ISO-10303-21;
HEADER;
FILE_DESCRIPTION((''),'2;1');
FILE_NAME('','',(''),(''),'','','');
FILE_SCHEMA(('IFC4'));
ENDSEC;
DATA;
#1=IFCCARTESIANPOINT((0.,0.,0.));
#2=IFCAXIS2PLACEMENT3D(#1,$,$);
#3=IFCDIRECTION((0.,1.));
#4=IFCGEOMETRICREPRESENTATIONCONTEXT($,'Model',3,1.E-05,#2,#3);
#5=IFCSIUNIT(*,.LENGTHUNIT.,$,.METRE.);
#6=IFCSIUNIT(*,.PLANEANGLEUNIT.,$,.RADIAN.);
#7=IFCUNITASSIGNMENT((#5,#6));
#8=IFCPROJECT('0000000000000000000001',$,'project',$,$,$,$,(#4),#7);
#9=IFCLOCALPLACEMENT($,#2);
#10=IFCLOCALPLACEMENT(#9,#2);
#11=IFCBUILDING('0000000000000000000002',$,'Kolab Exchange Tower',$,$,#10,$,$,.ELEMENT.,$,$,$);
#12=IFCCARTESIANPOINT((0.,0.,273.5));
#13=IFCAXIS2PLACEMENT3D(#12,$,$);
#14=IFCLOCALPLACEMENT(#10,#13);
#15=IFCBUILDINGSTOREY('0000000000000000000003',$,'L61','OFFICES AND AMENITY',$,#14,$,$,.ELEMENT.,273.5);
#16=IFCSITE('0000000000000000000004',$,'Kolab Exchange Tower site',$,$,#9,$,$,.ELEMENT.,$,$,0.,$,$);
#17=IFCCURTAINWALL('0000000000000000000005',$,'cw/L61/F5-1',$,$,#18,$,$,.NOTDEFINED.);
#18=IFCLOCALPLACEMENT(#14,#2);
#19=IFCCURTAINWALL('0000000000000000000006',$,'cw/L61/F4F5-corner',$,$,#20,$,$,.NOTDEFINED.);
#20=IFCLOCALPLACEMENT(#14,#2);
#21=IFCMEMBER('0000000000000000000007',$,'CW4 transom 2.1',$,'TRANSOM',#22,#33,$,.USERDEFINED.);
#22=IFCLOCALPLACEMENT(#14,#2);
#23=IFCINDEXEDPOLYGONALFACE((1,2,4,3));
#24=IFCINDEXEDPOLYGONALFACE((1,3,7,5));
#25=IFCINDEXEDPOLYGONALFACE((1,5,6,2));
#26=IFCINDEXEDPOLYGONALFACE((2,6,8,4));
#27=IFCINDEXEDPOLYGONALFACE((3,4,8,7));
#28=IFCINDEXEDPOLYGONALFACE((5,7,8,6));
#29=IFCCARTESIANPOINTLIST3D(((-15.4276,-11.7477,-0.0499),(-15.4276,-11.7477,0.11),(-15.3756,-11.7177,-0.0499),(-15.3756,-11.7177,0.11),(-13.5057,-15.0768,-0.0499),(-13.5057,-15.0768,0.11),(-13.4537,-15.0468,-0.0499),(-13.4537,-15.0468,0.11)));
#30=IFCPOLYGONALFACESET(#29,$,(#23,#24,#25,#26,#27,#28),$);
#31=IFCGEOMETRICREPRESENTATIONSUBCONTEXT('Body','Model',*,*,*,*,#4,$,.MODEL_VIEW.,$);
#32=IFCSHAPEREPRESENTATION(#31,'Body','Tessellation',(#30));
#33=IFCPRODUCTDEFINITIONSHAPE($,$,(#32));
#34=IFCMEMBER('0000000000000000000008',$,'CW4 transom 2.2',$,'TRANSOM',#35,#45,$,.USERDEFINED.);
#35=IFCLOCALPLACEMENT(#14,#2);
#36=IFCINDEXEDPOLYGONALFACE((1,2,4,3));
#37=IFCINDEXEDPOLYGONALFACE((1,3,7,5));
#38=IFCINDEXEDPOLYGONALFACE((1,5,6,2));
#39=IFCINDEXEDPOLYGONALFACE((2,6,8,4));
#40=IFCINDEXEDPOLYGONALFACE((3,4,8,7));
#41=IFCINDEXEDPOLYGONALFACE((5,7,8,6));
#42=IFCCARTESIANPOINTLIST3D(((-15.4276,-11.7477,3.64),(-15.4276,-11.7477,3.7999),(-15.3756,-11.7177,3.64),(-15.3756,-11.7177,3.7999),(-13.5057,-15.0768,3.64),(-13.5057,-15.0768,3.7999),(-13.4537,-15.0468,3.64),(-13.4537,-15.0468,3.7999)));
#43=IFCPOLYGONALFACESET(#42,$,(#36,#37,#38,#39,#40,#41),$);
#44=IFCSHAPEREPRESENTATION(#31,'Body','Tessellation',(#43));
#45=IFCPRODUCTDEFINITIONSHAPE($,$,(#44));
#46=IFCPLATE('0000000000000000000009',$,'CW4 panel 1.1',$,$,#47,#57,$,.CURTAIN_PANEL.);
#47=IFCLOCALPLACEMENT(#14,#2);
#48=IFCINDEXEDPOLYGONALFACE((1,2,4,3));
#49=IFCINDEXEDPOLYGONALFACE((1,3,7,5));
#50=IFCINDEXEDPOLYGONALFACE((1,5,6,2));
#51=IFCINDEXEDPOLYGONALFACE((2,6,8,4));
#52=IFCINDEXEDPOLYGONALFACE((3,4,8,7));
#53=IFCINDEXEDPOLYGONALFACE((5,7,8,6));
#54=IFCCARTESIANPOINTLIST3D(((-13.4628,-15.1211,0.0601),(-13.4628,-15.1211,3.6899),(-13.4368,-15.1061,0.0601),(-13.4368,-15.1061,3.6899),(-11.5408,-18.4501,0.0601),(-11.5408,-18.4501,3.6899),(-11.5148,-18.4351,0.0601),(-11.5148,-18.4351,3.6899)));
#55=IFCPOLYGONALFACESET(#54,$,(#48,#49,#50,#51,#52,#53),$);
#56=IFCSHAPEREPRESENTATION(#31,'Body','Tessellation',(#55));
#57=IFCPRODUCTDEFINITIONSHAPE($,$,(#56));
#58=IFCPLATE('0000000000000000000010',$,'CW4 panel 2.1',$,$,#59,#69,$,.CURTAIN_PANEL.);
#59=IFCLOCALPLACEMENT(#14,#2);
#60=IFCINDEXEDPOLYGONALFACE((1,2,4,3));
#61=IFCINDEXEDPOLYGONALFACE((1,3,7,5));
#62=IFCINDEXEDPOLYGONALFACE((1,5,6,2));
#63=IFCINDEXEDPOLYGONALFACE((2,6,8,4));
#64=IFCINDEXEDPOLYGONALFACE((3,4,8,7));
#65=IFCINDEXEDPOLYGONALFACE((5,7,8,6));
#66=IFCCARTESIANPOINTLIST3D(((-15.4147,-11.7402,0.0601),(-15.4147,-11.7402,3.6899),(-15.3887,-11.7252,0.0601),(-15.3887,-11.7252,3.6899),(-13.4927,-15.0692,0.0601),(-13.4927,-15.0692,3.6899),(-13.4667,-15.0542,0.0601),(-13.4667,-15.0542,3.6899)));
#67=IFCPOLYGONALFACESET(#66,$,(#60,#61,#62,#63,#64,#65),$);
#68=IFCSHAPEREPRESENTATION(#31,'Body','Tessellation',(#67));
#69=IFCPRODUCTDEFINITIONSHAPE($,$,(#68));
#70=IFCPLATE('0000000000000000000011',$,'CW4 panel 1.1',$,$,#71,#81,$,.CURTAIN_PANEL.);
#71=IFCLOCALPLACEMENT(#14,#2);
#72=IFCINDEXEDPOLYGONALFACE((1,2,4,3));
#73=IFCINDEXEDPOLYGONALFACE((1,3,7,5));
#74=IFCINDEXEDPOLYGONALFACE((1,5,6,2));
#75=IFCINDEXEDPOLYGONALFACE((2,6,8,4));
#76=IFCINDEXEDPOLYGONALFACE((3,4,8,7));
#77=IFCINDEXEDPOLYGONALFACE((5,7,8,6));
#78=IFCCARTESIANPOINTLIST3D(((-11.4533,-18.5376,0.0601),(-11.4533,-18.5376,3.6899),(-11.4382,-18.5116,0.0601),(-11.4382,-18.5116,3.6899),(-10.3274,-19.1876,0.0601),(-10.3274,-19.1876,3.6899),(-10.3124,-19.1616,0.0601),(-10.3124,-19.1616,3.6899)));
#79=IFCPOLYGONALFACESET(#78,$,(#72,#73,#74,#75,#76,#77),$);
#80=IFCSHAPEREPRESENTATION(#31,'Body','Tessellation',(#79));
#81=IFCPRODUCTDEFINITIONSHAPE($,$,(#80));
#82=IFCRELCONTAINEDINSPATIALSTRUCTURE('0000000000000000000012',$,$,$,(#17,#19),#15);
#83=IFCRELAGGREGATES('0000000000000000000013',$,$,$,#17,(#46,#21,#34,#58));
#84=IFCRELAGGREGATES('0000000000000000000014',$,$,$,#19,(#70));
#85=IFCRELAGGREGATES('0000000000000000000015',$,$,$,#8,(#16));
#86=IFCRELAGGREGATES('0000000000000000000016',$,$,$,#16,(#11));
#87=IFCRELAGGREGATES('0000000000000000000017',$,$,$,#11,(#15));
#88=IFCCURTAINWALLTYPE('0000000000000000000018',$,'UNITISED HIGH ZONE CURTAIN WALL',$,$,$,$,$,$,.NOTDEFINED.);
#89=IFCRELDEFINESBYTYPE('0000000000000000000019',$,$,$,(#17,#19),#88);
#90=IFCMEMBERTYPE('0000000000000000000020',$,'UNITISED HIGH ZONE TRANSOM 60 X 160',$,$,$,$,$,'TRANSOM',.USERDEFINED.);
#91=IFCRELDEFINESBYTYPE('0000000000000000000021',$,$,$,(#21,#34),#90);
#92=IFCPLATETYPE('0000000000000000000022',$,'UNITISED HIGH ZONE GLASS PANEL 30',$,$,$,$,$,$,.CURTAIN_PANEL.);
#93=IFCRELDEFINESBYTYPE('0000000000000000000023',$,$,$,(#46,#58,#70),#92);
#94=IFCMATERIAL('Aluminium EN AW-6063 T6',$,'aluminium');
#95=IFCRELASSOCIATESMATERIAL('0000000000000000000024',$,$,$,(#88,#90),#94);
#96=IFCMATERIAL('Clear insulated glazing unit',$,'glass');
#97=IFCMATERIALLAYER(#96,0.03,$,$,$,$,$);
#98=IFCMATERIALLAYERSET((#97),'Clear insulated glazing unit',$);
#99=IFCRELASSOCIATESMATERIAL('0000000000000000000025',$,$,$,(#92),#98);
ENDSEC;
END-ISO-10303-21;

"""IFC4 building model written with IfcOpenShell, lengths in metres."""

from ifc_helpers import new_model, si_unit, direction, frame, origin, origin_2d, place, context, subcontext, project, spatial, rectangle, extrude, material, layer, layer_set, material_profile, profile_set, type_object, element, aggregate, save


model = new_model("IFC4")

# Units and contexts
model_context = context("Model", 3, precision=1e-05, world=origin(), true_north=direction((0.0, 1.0)))
body_context = subcontext(model_context, "Body", "Model", "MODEL_VIEW")
ifc_project = project(units=[si_unit("LENGTHUNIT", "METRE"), si_unit("PLANEANGLEUNIT", "RADIAN")], contexts=[model_context])

# Site, building, storey
site_placement = place(None, origin())
site = spatial("IfcSite", under=ifc_project, at=site_placement, Name="Kolab Exchange Tower site", CompositionType="ELEMENT", RefElevation=0.0)
building_placement = place(site_placement, origin())
building = spatial("IfcBuilding", under=site, at=building_placement, Name="Kolab Exchange Tower", CompositionType="ELEMENT")
storey_placement = place(building_placement, frame((0.0, 0.0, 273.5)))
storey = spatial("IfcBuildingStorey", under=building, at=storey_placement, Name="L61", Description="OFFICES AND AMENITY", CompositionType="ELEMENT", Elevation=273.5)

# Curtain wall
ifc_material_1 = material(Name="Aluminium EN AW-6063 T6", Category="aluminium")
curtain_wall_type = type_object("IfcCurtainWallType", Name="UNITISED HIGH ZONE CURTAIN WALL", PredefinedType="NOTDEFINED", material=ifc_material_1)
curtain_wall_1_placement = place(storey_placement, origin())
curtain_wall_1 = element("IfcCurtainWall", 1, at=curtain_wall_1_placement, inside=storey, type_object=curtain_wall_type, Name="cw/L61/F5-1", PredefinedType="NOTDEFINED")

# Curtain wall
curtain_wall_2_placement = place(storey_placement, origin())
curtain_wall_2 = element("IfcCurtainWall", 2, at=curtain_wall_2_placement, inside=storey, type_object=curtain_wall_type, Name="cw/L61/F4F5-corner", PredefinedType="NOTDEFINED")

# Members
ifc_material_profile_1 = material_profile(ifc_material_1, rectangle(XDim=0.0601, YDim=0.1599, at=origin_2d()), Name="RECT 60X160")
ifc_profile_set_1 = profile_set([ifc_material_profile_1], Name="Aluminium EN AW-6063 T6")
member_type_1 = type_object("IfcMemberType", Name="UNITISED HIGH ZONE TRANSOM 60 X 160", ElementType="TRANSOM", PredefinedType="USERDEFINED", material=ifc_profile_set_1)
member_1_placement = place(storey_placement, frame((-13.4797, -15.0618, 0.03), z_axis=(-0.499964, 0.866046, 0.0), x_axis=(-0.866046, -0.499964, 0.0)))
member_1 = element("IfcMember", 3, at=member_1_placement, type_object=member_type_1, Name="CW4 transom 2.1", ObjectType="TRANSOM", PredefinedType="USERDEFINED", context=body_context, shape_type="SweptSolid", body=[
    extrude(rectangle(XDim=0.0601, YDim=0.1599, at=origin_2d()), origin(), (0.0, 0.0, 1.0), 3.844),
])
member_2_placement = place(storey_placement, frame((-13.4797, -15.0618, 3.72), z_axis=(-0.499964, 0.866046, 0.0), x_axis=(-0.866046, -0.499964, 0.0)))
member_2 = element("IfcMember", 4, at=member_2_placement, type_object=member_type_1, Name="CW4 transom 2.2", ObjectType="TRANSOM", PredefinedType="USERDEFINED", context=body_context, shape_type="SweptSolid", body=[
    extrude(rectangle(XDim=0.0601, YDim=0.1599, at=origin_2d()), origin(), (0.0, 0.0, 1.0), 3.844),
])

# Plates
ifc_material_2 = material(Name="Clear insulated glazing unit", Category="glass")
ifc_layer_1 = layer(ifc_material_2, 0.03)
ifc_layer_set_1 = layer_set([ifc_layer_1], Name="Clear insulated glazing unit")
plate_type = type_object("IfcPlateType", Name="UNITISED HIGH ZONE GLASS PANEL 30", PredefinedType="CURTAIN_PANEL", material=ifc_layer_set_1)
plate_1_placement = place(storey_placement, frame((-12.4888, -16.7781, 0.0601), z_axis=(0.0, 0.0, 1.0), x_axis=(-0.5, 0.866025, 0.0)))
plate_1 = element("IfcPlate", 5, at=plate_1_placement, type_object=plate_type, Name="CW4 panel 1.1", PredefinedType="CURTAIN_PANEL", context=body_context, shape_type="SweptSolid", body=[
    extrude(rectangle(XDim=3.844, YDim=0.03, at=origin_2d()), origin(), (0.0, 0.0, 1.0), 3.6299),
])
plate_2_placement = place(storey_placement, frame((-14.4407, -13.3972, 0.0601), z_axis=(0.0, 0.0, 1.0), x_axis=(-0.5, 0.866025, 0.0)))
plate_2 = element("IfcPlate", 6, at=plate_2_placement, type_object=plate_type, Name="CW4 panel 2.1", PredefinedType="CURTAIN_PANEL", context=body_context, shape_type="SweptSolid", body=[
    extrude(rectangle(XDim=3.844, YDim=0.03, at=origin_2d()), origin(), (0.0, 0.0, 1.0), 3.6299),
])
aggregate(curtain_wall_1, [plate_1, member_1, member_2, plate_2])
plate_3_placement = place(storey_placement, frame((-10.8828, -18.8496, 0.0601), z_axis=(0.0, 0.0, 1.0), x_axis=(-0.866025, 0.5, 0.0)))
plate_3 = element("IfcPlate", 7, at=plate_3_placement, type_object=plate_type, Name="CW4 panel 1.1", PredefinedType="CURTAIN_PANEL", context=body_context, shape_type="SweptSolid", body=[
    extrude(rectangle(XDim=1.3, YDim=0.03, at=origin_2d()), origin(), (0.0, 0.0, 1.0), 3.6299),
])
aggregate(curtain_wall_2, [plate_3])

save(model, "model.ifc")
